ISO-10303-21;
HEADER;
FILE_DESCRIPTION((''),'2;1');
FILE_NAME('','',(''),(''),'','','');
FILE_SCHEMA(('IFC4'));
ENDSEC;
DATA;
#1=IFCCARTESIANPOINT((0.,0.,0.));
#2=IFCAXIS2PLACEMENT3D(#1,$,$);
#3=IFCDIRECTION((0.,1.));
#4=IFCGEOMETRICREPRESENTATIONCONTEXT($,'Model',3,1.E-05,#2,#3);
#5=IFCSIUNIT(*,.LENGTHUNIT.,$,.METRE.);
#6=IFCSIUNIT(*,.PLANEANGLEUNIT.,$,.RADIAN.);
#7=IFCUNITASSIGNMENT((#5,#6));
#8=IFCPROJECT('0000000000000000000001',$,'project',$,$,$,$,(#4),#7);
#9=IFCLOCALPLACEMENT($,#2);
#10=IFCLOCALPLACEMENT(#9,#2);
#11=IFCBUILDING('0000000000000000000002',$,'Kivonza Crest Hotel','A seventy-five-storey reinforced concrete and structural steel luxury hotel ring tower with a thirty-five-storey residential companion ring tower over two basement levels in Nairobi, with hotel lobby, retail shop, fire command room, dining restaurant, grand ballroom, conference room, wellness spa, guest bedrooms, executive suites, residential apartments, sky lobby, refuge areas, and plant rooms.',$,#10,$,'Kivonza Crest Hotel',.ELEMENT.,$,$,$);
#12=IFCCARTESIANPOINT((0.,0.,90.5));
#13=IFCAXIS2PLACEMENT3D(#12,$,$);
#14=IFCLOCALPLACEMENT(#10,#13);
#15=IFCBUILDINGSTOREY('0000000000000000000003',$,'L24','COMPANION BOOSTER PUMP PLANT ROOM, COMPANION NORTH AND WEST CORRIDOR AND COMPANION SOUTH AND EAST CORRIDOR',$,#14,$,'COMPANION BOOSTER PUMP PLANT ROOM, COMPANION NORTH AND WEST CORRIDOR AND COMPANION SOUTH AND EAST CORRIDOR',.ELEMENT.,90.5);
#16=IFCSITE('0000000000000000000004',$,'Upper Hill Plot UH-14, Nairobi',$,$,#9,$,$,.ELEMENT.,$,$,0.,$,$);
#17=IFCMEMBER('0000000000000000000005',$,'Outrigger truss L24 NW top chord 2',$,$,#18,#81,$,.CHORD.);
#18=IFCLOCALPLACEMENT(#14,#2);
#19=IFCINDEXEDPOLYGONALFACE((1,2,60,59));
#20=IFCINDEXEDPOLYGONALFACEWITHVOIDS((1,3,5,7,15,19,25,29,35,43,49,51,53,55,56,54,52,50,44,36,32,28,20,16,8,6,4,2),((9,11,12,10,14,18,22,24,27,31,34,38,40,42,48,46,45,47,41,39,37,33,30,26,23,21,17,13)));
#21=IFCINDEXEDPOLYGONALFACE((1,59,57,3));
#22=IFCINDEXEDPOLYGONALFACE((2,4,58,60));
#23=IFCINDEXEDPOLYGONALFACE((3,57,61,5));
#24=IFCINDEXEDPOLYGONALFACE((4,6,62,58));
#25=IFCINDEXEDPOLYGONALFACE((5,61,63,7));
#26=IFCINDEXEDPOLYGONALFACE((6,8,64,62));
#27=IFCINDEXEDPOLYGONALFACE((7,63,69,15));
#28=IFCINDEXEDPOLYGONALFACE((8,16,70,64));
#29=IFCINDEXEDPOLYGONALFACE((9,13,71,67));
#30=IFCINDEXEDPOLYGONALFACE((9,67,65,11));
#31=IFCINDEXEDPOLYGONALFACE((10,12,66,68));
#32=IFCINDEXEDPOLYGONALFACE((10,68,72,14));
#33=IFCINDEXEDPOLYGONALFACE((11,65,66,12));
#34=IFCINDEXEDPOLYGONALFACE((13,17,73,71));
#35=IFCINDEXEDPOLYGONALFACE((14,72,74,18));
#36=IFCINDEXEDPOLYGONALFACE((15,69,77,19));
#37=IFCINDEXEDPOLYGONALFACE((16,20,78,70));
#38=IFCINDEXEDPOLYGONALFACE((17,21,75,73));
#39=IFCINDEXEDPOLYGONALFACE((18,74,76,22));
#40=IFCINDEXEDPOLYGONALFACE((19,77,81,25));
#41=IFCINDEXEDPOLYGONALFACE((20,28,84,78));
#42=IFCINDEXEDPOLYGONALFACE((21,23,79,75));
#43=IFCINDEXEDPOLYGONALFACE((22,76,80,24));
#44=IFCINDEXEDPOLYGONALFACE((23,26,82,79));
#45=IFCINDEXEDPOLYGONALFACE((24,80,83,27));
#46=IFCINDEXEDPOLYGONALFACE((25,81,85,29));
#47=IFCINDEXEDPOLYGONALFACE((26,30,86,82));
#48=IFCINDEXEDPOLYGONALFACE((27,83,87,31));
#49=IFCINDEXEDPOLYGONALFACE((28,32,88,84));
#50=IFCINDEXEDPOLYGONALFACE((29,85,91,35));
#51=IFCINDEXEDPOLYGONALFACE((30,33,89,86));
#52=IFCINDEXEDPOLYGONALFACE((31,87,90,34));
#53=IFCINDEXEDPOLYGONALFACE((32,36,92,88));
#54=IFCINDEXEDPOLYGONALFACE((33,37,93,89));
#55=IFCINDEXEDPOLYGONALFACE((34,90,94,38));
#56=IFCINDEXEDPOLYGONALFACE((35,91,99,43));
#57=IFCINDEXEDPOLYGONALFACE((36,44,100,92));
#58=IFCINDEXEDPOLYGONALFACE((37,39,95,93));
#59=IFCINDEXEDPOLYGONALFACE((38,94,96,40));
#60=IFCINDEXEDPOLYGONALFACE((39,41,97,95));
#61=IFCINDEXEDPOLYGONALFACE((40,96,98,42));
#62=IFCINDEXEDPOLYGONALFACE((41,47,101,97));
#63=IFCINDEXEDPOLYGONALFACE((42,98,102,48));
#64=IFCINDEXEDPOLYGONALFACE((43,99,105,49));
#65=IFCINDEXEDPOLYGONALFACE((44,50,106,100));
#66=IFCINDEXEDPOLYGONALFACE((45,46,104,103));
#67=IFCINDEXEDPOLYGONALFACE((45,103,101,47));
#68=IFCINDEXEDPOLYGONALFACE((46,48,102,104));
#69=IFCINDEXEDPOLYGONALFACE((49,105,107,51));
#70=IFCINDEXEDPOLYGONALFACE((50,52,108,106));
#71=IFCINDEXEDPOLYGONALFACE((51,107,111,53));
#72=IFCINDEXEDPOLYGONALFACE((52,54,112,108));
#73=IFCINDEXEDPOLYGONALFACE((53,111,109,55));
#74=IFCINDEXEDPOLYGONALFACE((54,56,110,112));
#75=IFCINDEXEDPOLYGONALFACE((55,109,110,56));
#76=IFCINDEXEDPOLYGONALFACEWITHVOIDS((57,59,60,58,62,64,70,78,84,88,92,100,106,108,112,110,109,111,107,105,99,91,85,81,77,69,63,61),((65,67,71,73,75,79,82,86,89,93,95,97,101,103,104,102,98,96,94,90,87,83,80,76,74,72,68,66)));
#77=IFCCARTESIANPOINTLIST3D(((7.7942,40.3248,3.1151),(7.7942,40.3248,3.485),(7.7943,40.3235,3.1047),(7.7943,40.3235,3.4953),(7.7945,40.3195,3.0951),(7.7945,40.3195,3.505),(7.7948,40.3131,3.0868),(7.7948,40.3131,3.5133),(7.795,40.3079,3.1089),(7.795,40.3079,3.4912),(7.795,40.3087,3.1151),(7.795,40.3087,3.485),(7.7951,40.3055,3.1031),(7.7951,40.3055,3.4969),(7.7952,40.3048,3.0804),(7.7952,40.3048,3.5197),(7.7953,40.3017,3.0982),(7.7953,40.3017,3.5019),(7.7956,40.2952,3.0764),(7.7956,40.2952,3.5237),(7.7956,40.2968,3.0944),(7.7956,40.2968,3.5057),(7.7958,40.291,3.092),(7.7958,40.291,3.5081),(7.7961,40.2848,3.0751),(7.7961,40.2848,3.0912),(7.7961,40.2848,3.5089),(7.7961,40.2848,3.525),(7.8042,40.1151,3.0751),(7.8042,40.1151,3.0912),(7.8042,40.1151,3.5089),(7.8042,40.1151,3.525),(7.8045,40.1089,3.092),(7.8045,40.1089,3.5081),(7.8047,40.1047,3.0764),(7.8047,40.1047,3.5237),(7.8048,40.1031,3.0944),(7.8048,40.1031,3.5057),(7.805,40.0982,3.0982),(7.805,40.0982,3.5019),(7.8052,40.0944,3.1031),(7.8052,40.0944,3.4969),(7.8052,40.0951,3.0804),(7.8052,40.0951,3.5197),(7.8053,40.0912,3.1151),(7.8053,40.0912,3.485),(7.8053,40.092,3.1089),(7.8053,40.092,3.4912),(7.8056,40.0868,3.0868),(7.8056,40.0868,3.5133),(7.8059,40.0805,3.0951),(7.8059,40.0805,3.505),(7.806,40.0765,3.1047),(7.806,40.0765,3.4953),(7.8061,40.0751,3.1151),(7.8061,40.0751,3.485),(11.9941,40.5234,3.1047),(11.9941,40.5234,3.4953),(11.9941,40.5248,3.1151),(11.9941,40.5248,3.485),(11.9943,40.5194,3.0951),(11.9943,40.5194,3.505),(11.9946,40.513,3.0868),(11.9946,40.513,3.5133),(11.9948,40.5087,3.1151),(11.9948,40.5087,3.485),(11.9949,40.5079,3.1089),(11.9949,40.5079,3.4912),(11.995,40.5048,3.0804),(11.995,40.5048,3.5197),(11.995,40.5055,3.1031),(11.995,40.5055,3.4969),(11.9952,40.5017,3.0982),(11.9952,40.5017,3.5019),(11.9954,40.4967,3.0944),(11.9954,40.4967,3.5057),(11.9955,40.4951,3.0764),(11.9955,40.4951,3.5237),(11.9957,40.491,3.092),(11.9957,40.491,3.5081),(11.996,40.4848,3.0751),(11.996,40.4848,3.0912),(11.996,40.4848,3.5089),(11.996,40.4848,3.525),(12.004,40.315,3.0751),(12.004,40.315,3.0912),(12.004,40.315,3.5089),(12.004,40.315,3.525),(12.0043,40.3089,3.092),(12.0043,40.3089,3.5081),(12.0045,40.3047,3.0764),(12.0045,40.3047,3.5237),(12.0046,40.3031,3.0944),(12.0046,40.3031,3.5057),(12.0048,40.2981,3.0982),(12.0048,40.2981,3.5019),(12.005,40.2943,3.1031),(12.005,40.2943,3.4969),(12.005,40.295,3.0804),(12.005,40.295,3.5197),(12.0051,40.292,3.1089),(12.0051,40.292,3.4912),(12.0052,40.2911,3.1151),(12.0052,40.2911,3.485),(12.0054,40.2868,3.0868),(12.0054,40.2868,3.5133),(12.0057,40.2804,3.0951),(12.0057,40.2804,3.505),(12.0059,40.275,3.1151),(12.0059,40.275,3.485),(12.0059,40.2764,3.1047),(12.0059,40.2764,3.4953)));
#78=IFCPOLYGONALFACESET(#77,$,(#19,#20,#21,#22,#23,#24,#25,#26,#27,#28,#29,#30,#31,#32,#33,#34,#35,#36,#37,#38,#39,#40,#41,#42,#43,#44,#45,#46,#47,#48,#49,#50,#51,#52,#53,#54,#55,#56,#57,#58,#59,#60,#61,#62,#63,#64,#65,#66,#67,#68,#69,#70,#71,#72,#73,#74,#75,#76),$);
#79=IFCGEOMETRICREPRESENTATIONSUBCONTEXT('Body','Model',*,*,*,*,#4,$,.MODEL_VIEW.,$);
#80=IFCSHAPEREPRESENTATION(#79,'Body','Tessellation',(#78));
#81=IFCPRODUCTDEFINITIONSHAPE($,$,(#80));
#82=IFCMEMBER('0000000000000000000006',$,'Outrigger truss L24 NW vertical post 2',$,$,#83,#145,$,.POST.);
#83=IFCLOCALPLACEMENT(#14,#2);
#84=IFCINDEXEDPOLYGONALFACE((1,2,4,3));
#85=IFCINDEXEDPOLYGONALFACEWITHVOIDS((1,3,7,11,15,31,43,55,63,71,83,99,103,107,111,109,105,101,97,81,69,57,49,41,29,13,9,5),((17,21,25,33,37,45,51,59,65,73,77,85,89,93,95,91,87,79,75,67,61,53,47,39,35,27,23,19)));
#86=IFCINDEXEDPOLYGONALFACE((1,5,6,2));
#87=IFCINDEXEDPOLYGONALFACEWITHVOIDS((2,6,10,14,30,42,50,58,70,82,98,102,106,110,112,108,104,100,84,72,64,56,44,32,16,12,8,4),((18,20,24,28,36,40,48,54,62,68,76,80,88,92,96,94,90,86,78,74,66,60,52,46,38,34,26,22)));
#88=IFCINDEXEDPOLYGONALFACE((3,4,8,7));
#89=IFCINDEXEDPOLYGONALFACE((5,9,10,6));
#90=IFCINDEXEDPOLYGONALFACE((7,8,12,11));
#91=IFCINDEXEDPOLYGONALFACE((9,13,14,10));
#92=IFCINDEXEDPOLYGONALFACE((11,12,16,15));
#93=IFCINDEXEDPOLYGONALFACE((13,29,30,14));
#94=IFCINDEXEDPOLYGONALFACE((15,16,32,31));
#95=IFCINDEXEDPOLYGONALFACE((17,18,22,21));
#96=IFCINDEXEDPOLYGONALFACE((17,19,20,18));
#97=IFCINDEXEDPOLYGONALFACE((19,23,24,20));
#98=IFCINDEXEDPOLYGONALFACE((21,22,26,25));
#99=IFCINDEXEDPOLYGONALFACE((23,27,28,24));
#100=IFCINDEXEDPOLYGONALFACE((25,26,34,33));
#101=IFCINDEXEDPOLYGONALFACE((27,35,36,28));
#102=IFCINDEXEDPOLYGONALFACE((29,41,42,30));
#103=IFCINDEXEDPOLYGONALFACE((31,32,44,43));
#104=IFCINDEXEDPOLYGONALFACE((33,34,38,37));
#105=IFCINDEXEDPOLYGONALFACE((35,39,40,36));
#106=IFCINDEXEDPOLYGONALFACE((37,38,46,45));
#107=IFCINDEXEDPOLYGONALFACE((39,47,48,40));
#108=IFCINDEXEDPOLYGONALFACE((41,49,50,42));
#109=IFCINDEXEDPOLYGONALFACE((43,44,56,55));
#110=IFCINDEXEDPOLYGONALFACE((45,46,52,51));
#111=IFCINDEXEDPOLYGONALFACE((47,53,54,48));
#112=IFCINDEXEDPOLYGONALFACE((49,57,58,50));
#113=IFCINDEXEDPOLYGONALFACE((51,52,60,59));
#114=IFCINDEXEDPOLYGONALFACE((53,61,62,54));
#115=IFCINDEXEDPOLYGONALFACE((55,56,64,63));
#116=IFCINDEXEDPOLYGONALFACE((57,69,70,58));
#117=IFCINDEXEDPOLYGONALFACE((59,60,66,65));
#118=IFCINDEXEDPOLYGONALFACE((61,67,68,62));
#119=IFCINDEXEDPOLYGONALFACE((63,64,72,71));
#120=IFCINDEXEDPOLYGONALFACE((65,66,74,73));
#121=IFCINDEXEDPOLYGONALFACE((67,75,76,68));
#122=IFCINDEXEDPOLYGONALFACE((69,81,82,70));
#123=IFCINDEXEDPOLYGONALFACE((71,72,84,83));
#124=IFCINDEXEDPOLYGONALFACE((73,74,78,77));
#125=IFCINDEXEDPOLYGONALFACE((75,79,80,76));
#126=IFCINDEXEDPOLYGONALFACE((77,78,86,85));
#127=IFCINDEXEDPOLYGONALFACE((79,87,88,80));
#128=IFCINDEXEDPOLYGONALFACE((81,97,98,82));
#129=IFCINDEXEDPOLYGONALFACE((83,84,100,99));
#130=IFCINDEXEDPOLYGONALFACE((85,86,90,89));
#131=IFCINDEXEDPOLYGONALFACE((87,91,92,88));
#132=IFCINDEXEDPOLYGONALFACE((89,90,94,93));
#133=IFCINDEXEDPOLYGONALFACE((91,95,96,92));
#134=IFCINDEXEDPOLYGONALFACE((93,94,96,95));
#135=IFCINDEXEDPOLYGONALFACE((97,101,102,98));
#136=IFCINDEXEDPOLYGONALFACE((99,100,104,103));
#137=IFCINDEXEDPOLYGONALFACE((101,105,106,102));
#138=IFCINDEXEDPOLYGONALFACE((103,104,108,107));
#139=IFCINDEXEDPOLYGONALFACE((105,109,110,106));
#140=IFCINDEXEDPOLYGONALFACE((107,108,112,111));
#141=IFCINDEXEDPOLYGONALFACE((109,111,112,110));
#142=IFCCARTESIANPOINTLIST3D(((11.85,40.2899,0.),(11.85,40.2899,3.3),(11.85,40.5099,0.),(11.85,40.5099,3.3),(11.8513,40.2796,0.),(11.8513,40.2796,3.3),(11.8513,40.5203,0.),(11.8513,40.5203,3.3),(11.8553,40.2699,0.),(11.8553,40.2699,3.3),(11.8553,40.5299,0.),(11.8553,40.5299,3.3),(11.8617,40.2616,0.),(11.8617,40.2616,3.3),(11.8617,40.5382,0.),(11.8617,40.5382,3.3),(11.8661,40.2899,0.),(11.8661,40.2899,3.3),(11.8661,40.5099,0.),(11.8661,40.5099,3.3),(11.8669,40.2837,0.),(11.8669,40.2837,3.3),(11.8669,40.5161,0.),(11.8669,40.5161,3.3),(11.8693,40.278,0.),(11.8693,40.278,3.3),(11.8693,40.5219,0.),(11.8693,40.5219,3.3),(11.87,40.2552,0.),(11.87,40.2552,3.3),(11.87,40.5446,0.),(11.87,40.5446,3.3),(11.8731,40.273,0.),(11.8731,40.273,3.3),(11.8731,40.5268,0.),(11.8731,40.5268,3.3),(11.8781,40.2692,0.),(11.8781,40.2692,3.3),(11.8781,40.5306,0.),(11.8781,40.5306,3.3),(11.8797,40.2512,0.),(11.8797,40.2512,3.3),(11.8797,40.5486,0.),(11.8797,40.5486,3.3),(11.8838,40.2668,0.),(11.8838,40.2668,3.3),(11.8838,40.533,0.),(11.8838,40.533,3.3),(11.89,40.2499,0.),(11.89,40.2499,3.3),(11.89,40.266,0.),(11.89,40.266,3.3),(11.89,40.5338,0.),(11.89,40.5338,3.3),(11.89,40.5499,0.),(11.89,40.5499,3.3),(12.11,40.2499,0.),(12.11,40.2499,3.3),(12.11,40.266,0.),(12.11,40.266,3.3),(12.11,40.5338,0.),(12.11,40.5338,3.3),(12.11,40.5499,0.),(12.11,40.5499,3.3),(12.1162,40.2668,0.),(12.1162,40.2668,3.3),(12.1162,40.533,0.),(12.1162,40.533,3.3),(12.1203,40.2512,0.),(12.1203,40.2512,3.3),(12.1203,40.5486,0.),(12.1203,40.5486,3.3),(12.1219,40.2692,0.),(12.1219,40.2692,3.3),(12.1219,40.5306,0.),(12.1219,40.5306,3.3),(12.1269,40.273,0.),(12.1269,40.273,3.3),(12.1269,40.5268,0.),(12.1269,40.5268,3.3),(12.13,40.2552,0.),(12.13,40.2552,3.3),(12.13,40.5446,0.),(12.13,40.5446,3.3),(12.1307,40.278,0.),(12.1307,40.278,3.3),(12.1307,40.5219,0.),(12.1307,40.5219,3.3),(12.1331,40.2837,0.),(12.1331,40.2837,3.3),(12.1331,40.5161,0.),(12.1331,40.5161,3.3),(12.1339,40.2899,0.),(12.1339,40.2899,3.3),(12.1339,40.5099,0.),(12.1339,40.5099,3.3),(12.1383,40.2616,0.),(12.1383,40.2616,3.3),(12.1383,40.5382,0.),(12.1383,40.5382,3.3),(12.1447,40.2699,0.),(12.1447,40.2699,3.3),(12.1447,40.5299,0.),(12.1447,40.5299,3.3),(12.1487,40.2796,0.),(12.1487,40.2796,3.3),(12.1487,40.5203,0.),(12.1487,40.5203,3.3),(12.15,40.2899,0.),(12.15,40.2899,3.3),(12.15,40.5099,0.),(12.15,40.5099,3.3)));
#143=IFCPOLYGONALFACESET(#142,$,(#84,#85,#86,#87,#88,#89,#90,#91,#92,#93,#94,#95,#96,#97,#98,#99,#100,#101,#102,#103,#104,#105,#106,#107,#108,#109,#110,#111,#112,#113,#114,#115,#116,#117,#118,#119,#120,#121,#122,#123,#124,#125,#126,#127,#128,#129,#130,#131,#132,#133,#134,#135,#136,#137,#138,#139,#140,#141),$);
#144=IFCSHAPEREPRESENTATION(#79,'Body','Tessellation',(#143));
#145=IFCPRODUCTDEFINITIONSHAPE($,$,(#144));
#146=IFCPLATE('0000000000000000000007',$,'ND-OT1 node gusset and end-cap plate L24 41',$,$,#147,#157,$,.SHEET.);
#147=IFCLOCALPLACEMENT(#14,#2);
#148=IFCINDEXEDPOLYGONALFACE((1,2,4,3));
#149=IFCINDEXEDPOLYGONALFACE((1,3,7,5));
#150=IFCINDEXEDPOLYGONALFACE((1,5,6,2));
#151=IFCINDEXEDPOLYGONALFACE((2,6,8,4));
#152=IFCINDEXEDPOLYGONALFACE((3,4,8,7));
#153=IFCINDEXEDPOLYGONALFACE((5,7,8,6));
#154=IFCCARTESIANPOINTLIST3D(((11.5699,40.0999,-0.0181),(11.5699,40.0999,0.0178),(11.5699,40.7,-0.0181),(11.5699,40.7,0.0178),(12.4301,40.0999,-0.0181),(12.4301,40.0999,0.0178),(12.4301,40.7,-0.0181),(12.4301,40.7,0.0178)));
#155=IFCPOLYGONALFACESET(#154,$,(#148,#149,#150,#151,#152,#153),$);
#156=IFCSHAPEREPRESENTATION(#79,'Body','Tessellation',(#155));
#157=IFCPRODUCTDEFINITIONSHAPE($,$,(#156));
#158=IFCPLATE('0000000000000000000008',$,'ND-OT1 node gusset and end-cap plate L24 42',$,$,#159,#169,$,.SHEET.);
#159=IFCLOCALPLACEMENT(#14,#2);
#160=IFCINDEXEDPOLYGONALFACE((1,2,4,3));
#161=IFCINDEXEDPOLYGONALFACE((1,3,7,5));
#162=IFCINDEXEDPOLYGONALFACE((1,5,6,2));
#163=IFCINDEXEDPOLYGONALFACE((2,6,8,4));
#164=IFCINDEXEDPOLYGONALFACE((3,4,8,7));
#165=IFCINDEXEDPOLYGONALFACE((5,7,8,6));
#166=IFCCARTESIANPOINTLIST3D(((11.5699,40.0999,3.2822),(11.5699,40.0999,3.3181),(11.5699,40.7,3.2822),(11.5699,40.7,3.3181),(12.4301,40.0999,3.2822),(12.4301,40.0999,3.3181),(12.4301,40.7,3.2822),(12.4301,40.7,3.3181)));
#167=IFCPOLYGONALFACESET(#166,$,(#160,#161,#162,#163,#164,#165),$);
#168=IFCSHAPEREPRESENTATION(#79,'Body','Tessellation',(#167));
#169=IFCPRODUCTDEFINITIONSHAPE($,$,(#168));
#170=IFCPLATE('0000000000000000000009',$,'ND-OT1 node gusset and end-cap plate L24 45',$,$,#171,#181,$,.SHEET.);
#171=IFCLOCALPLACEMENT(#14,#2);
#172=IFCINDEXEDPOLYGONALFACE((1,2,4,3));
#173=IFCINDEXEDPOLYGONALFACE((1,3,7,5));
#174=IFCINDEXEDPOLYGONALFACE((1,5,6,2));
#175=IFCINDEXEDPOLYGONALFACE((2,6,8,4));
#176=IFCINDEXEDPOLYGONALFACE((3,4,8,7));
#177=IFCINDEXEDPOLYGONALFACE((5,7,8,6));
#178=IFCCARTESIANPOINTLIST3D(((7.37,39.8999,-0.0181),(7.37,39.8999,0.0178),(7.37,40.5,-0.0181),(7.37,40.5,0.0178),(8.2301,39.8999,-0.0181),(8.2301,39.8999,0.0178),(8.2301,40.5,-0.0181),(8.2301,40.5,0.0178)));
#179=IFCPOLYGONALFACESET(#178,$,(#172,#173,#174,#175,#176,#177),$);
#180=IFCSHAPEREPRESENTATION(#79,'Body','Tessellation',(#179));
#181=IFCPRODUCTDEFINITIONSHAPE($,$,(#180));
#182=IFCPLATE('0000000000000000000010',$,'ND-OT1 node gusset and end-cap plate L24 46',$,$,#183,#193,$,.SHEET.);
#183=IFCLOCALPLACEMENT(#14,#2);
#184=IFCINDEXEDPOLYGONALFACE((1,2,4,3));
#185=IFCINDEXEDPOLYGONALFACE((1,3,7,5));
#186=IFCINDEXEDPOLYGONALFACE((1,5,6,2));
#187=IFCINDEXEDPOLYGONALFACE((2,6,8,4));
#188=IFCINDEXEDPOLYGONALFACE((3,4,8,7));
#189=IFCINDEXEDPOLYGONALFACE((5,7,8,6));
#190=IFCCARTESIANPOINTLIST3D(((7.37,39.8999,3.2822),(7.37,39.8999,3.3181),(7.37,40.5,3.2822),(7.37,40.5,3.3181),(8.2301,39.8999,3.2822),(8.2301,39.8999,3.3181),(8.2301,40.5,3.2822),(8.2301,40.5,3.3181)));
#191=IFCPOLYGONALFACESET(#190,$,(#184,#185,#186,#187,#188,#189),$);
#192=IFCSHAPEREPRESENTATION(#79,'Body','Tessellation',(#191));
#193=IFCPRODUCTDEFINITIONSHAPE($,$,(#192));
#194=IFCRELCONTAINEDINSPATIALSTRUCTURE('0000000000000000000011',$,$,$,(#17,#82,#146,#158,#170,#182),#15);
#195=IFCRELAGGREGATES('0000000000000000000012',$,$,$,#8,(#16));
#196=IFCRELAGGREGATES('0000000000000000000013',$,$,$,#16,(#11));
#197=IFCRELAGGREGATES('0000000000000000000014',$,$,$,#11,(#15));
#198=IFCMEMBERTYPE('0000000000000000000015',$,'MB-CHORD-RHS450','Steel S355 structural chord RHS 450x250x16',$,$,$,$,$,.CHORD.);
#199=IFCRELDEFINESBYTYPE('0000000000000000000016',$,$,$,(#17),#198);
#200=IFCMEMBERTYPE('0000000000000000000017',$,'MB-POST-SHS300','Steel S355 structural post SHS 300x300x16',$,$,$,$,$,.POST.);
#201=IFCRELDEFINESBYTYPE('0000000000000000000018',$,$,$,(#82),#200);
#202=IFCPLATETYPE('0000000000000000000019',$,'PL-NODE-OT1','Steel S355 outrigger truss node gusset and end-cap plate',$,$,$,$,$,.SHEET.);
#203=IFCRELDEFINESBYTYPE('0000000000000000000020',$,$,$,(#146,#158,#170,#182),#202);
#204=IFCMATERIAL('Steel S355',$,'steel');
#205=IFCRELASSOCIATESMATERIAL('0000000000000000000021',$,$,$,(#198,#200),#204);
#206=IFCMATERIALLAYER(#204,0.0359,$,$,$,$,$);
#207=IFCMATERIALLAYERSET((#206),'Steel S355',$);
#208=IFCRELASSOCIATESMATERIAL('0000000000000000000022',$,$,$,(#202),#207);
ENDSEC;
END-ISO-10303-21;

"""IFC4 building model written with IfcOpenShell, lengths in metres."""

from ifc_helpers import new_model, si_unit, direction, frame, origin, origin_2d, place, context, subcontext, project, spatial, rectangle, hollow_rectangle, extrude, material, layer, layer_set, material_profile, profile_set, type_object, element, save


model = new_model("IFC4")

# Units and contexts
model_context = context("Model", 3, precision=1e-05, world=origin(), true_north=direction((0.0, 1.0)))
body_context = subcontext(model_context, "Body", "Model", "MODEL_VIEW")
ifc_project = project(units=[si_unit("LENGTHUNIT", "METRE"), si_unit("PLANEANGLEUNIT", "RADIAN")], contexts=[model_context])

# Site, building, storey
site_placement = place(None, origin())
site = spatial("IfcSite", under=ifc_project, at=site_placement, Name="Upper Hill Plot UH-14, Nairobi", CompositionType="ELEMENT", RefElevation=0.0)
building_placement = place(site_placement, origin())
building = spatial("IfcBuilding", under=site, at=building_placement, Name="Kivonza Crest Hotel", Description="A seventy-five-storey reinforced concrete and structural steel luxury hotel ring tower with a thirty-five-storey residential companion ring tower over two basement levels in Nairobi, with hotel lobby, retail shop, fire command room, dining restaurant, grand ballroom, conference room, wellness spa, guest bedrooms, executive suites, residential apartments, sky lobby, refuge areas, and plant rooms.", LongName="Kivonza Crest Hotel", CompositionType="ELEMENT")
storey_placement = place(building_placement, frame((0.0, 0.0, 90.5)))
storey = spatial("IfcBuildingStorey", under=building, at=storey_placement, Name="L24", Description="COMPANION BOOSTER PUMP PLANT ROOM, COMPANION NORTH AND WEST CORRIDOR AND COMPANION SOUTH AND EAST CORRIDOR", LongName="COMPANION BOOSTER PUMP PLANT ROOM, COMPANION NORTH AND WEST CORRIDOR AND COMPANION SOUTH AND EAST CORRIDOR", CompositionType="ELEMENT", Elevation=90.5)

# Shared definitions
ifc_material_1 = material(Name="Steel S355", Category="steel")

# Members
ifc_material_profile_1 = material_profile(ifc_material_1, hollow_rectangle(XDim=0.25, YDim=0.45, WallThickness=0.0161, InnerFilletRadius=0.0239, OuterFilletRadius=0.04, at=origin_2d()), Name="RHS 450x250x16")
ifc_profile_set_1 = profile_set([ifc_material_profile_1], Name="Steel S355")
member_type_1 = type_object("IfcMemberType", Name="MB-CHORD-RHS450", Description="Steel S355 structural chord RHS 450x250x16", PredefinedType="CHORD", material=ifc_profile_set_1)
for number, where, z_axis, x_axis, name in (
    (1, (12.0, 40.3999, 3.3), (-0.998869, -0.047554, 0.0), (0.047554, -0.998869, 0.0), "Outrigger truss L24 NW top chord 2"),
):
    element("IfcMember", number, at=place(storey_placement, frame(where, z_axis=z_axis, x_axis=x_axis)), inside=storey, type_object=member_type_1, Name=name, PredefinedType="CHORD", context=body_context, shape_type="SweptSolid", body=[
        extrude(hollow_rectangle(XDim=0.25, YDim=0.45, WallThickness=0.0161, InnerFilletRadius=0.0239, OuterFilletRadius=0.04, at=origin_2d()), origin(), (0.0, 0.0, 1.0), 4.2046),
    ])
ifc_material_profile_2 = material_profile(ifc_material_1, hollow_rectangle(XDim=0.3, YDim=0.3, WallThickness=0.0161, InnerFilletRadius=0.0239, OuterFilletRadius=0.04, at=origin_2d()), Name="SHS 300x300x16")
ifc_profile_set_2 = profile_set([ifc_material_profile_2], Name="Steel S355")
member_type_2 = type_object("IfcMemberType", Name="MB-POST-SHS300", Description="Steel S355 structural post SHS 300x300x16", PredefinedType="POST", material=ifc_profile_set_2)
member_1_placement = place(storey_placement, frame((12.0, 40.3999, 0.0), z_axis=(0.0, 0.0, 1.0), x_axis=(1.0, 0.0, 0.0)))
element("IfcMember", 2, at=member_1_placement, inside=storey, type_object=member_type_2, Name="Outrigger truss L24 NW vertical post 2", PredefinedType="POST", context=body_context, shape_type="SweptSolid", body=[
    extrude(hollow_rectangle(XDim=0.3, YDim=0.3, WallThickness=0.0161, InnerFilletRadius=0.0239, OuterFilletRadius=0.04, at=origin_2d()), origin(), (0.0, 0.0, 1.0), 3.3),
])

# Plates
ifc_layer_1 = layer(ifc_material_1, 0.0359)
ifc_layer_set_1 = layer_set([ifc_layer_1], Name="Steel S355")
plate_type = type_object("IfcPlateType", Name="PL-NODE-OT1", Description="Steel S355 outrigger truss node gusset and end-cap plate", PredefinedType="SHEET", material=ifc_layer_set_1)
for number, where, z_axis, x_axis, name in (
    (3, (12.0, 40.3999, -0.0181), (0.0, 0.0, 1.0), (1.0, 0.0, 0.0), "ND-OT1 node gusset and end-cap plate L24 41"),
    (4, (12.0, 40.3999, 3.2822), (0.0, 0.0, 1.0), (1.0, 0.0, 0.0), "ND-OT1 node gusset and end-cap plate L24 42"),
    (5, (7.8, 40.2, -0.0181), (0.0, 0.0, 1.0), (1.0, 0.0, 0.0), "ND-OT1 node gusset and end-cap plate L24 45"),
    (6, (7.8, 40.2, 3.2822), (0.0, 0.0, 1.0), (1.0, 0.0, 0.0), "ND-OT1 node gusset and end-cap plate L24 46"),
):
    element("IfcPlate", number, at=place(storey_placement, frame(where, z_axis=z_axis, x_axis=x_axis)), inside=storey, type_object=plate_type, Name=name, PredefinedType="SHEET", context=body_context, shape_type="SweptSolid", body=[
        extrude(rectangle(XDim=0.8601, YDim=0.6001, at=origin_2d()), origin(), (0.0, 0.0, 1.0), 0.0359),
    ])

save(model, "model.ifc")
